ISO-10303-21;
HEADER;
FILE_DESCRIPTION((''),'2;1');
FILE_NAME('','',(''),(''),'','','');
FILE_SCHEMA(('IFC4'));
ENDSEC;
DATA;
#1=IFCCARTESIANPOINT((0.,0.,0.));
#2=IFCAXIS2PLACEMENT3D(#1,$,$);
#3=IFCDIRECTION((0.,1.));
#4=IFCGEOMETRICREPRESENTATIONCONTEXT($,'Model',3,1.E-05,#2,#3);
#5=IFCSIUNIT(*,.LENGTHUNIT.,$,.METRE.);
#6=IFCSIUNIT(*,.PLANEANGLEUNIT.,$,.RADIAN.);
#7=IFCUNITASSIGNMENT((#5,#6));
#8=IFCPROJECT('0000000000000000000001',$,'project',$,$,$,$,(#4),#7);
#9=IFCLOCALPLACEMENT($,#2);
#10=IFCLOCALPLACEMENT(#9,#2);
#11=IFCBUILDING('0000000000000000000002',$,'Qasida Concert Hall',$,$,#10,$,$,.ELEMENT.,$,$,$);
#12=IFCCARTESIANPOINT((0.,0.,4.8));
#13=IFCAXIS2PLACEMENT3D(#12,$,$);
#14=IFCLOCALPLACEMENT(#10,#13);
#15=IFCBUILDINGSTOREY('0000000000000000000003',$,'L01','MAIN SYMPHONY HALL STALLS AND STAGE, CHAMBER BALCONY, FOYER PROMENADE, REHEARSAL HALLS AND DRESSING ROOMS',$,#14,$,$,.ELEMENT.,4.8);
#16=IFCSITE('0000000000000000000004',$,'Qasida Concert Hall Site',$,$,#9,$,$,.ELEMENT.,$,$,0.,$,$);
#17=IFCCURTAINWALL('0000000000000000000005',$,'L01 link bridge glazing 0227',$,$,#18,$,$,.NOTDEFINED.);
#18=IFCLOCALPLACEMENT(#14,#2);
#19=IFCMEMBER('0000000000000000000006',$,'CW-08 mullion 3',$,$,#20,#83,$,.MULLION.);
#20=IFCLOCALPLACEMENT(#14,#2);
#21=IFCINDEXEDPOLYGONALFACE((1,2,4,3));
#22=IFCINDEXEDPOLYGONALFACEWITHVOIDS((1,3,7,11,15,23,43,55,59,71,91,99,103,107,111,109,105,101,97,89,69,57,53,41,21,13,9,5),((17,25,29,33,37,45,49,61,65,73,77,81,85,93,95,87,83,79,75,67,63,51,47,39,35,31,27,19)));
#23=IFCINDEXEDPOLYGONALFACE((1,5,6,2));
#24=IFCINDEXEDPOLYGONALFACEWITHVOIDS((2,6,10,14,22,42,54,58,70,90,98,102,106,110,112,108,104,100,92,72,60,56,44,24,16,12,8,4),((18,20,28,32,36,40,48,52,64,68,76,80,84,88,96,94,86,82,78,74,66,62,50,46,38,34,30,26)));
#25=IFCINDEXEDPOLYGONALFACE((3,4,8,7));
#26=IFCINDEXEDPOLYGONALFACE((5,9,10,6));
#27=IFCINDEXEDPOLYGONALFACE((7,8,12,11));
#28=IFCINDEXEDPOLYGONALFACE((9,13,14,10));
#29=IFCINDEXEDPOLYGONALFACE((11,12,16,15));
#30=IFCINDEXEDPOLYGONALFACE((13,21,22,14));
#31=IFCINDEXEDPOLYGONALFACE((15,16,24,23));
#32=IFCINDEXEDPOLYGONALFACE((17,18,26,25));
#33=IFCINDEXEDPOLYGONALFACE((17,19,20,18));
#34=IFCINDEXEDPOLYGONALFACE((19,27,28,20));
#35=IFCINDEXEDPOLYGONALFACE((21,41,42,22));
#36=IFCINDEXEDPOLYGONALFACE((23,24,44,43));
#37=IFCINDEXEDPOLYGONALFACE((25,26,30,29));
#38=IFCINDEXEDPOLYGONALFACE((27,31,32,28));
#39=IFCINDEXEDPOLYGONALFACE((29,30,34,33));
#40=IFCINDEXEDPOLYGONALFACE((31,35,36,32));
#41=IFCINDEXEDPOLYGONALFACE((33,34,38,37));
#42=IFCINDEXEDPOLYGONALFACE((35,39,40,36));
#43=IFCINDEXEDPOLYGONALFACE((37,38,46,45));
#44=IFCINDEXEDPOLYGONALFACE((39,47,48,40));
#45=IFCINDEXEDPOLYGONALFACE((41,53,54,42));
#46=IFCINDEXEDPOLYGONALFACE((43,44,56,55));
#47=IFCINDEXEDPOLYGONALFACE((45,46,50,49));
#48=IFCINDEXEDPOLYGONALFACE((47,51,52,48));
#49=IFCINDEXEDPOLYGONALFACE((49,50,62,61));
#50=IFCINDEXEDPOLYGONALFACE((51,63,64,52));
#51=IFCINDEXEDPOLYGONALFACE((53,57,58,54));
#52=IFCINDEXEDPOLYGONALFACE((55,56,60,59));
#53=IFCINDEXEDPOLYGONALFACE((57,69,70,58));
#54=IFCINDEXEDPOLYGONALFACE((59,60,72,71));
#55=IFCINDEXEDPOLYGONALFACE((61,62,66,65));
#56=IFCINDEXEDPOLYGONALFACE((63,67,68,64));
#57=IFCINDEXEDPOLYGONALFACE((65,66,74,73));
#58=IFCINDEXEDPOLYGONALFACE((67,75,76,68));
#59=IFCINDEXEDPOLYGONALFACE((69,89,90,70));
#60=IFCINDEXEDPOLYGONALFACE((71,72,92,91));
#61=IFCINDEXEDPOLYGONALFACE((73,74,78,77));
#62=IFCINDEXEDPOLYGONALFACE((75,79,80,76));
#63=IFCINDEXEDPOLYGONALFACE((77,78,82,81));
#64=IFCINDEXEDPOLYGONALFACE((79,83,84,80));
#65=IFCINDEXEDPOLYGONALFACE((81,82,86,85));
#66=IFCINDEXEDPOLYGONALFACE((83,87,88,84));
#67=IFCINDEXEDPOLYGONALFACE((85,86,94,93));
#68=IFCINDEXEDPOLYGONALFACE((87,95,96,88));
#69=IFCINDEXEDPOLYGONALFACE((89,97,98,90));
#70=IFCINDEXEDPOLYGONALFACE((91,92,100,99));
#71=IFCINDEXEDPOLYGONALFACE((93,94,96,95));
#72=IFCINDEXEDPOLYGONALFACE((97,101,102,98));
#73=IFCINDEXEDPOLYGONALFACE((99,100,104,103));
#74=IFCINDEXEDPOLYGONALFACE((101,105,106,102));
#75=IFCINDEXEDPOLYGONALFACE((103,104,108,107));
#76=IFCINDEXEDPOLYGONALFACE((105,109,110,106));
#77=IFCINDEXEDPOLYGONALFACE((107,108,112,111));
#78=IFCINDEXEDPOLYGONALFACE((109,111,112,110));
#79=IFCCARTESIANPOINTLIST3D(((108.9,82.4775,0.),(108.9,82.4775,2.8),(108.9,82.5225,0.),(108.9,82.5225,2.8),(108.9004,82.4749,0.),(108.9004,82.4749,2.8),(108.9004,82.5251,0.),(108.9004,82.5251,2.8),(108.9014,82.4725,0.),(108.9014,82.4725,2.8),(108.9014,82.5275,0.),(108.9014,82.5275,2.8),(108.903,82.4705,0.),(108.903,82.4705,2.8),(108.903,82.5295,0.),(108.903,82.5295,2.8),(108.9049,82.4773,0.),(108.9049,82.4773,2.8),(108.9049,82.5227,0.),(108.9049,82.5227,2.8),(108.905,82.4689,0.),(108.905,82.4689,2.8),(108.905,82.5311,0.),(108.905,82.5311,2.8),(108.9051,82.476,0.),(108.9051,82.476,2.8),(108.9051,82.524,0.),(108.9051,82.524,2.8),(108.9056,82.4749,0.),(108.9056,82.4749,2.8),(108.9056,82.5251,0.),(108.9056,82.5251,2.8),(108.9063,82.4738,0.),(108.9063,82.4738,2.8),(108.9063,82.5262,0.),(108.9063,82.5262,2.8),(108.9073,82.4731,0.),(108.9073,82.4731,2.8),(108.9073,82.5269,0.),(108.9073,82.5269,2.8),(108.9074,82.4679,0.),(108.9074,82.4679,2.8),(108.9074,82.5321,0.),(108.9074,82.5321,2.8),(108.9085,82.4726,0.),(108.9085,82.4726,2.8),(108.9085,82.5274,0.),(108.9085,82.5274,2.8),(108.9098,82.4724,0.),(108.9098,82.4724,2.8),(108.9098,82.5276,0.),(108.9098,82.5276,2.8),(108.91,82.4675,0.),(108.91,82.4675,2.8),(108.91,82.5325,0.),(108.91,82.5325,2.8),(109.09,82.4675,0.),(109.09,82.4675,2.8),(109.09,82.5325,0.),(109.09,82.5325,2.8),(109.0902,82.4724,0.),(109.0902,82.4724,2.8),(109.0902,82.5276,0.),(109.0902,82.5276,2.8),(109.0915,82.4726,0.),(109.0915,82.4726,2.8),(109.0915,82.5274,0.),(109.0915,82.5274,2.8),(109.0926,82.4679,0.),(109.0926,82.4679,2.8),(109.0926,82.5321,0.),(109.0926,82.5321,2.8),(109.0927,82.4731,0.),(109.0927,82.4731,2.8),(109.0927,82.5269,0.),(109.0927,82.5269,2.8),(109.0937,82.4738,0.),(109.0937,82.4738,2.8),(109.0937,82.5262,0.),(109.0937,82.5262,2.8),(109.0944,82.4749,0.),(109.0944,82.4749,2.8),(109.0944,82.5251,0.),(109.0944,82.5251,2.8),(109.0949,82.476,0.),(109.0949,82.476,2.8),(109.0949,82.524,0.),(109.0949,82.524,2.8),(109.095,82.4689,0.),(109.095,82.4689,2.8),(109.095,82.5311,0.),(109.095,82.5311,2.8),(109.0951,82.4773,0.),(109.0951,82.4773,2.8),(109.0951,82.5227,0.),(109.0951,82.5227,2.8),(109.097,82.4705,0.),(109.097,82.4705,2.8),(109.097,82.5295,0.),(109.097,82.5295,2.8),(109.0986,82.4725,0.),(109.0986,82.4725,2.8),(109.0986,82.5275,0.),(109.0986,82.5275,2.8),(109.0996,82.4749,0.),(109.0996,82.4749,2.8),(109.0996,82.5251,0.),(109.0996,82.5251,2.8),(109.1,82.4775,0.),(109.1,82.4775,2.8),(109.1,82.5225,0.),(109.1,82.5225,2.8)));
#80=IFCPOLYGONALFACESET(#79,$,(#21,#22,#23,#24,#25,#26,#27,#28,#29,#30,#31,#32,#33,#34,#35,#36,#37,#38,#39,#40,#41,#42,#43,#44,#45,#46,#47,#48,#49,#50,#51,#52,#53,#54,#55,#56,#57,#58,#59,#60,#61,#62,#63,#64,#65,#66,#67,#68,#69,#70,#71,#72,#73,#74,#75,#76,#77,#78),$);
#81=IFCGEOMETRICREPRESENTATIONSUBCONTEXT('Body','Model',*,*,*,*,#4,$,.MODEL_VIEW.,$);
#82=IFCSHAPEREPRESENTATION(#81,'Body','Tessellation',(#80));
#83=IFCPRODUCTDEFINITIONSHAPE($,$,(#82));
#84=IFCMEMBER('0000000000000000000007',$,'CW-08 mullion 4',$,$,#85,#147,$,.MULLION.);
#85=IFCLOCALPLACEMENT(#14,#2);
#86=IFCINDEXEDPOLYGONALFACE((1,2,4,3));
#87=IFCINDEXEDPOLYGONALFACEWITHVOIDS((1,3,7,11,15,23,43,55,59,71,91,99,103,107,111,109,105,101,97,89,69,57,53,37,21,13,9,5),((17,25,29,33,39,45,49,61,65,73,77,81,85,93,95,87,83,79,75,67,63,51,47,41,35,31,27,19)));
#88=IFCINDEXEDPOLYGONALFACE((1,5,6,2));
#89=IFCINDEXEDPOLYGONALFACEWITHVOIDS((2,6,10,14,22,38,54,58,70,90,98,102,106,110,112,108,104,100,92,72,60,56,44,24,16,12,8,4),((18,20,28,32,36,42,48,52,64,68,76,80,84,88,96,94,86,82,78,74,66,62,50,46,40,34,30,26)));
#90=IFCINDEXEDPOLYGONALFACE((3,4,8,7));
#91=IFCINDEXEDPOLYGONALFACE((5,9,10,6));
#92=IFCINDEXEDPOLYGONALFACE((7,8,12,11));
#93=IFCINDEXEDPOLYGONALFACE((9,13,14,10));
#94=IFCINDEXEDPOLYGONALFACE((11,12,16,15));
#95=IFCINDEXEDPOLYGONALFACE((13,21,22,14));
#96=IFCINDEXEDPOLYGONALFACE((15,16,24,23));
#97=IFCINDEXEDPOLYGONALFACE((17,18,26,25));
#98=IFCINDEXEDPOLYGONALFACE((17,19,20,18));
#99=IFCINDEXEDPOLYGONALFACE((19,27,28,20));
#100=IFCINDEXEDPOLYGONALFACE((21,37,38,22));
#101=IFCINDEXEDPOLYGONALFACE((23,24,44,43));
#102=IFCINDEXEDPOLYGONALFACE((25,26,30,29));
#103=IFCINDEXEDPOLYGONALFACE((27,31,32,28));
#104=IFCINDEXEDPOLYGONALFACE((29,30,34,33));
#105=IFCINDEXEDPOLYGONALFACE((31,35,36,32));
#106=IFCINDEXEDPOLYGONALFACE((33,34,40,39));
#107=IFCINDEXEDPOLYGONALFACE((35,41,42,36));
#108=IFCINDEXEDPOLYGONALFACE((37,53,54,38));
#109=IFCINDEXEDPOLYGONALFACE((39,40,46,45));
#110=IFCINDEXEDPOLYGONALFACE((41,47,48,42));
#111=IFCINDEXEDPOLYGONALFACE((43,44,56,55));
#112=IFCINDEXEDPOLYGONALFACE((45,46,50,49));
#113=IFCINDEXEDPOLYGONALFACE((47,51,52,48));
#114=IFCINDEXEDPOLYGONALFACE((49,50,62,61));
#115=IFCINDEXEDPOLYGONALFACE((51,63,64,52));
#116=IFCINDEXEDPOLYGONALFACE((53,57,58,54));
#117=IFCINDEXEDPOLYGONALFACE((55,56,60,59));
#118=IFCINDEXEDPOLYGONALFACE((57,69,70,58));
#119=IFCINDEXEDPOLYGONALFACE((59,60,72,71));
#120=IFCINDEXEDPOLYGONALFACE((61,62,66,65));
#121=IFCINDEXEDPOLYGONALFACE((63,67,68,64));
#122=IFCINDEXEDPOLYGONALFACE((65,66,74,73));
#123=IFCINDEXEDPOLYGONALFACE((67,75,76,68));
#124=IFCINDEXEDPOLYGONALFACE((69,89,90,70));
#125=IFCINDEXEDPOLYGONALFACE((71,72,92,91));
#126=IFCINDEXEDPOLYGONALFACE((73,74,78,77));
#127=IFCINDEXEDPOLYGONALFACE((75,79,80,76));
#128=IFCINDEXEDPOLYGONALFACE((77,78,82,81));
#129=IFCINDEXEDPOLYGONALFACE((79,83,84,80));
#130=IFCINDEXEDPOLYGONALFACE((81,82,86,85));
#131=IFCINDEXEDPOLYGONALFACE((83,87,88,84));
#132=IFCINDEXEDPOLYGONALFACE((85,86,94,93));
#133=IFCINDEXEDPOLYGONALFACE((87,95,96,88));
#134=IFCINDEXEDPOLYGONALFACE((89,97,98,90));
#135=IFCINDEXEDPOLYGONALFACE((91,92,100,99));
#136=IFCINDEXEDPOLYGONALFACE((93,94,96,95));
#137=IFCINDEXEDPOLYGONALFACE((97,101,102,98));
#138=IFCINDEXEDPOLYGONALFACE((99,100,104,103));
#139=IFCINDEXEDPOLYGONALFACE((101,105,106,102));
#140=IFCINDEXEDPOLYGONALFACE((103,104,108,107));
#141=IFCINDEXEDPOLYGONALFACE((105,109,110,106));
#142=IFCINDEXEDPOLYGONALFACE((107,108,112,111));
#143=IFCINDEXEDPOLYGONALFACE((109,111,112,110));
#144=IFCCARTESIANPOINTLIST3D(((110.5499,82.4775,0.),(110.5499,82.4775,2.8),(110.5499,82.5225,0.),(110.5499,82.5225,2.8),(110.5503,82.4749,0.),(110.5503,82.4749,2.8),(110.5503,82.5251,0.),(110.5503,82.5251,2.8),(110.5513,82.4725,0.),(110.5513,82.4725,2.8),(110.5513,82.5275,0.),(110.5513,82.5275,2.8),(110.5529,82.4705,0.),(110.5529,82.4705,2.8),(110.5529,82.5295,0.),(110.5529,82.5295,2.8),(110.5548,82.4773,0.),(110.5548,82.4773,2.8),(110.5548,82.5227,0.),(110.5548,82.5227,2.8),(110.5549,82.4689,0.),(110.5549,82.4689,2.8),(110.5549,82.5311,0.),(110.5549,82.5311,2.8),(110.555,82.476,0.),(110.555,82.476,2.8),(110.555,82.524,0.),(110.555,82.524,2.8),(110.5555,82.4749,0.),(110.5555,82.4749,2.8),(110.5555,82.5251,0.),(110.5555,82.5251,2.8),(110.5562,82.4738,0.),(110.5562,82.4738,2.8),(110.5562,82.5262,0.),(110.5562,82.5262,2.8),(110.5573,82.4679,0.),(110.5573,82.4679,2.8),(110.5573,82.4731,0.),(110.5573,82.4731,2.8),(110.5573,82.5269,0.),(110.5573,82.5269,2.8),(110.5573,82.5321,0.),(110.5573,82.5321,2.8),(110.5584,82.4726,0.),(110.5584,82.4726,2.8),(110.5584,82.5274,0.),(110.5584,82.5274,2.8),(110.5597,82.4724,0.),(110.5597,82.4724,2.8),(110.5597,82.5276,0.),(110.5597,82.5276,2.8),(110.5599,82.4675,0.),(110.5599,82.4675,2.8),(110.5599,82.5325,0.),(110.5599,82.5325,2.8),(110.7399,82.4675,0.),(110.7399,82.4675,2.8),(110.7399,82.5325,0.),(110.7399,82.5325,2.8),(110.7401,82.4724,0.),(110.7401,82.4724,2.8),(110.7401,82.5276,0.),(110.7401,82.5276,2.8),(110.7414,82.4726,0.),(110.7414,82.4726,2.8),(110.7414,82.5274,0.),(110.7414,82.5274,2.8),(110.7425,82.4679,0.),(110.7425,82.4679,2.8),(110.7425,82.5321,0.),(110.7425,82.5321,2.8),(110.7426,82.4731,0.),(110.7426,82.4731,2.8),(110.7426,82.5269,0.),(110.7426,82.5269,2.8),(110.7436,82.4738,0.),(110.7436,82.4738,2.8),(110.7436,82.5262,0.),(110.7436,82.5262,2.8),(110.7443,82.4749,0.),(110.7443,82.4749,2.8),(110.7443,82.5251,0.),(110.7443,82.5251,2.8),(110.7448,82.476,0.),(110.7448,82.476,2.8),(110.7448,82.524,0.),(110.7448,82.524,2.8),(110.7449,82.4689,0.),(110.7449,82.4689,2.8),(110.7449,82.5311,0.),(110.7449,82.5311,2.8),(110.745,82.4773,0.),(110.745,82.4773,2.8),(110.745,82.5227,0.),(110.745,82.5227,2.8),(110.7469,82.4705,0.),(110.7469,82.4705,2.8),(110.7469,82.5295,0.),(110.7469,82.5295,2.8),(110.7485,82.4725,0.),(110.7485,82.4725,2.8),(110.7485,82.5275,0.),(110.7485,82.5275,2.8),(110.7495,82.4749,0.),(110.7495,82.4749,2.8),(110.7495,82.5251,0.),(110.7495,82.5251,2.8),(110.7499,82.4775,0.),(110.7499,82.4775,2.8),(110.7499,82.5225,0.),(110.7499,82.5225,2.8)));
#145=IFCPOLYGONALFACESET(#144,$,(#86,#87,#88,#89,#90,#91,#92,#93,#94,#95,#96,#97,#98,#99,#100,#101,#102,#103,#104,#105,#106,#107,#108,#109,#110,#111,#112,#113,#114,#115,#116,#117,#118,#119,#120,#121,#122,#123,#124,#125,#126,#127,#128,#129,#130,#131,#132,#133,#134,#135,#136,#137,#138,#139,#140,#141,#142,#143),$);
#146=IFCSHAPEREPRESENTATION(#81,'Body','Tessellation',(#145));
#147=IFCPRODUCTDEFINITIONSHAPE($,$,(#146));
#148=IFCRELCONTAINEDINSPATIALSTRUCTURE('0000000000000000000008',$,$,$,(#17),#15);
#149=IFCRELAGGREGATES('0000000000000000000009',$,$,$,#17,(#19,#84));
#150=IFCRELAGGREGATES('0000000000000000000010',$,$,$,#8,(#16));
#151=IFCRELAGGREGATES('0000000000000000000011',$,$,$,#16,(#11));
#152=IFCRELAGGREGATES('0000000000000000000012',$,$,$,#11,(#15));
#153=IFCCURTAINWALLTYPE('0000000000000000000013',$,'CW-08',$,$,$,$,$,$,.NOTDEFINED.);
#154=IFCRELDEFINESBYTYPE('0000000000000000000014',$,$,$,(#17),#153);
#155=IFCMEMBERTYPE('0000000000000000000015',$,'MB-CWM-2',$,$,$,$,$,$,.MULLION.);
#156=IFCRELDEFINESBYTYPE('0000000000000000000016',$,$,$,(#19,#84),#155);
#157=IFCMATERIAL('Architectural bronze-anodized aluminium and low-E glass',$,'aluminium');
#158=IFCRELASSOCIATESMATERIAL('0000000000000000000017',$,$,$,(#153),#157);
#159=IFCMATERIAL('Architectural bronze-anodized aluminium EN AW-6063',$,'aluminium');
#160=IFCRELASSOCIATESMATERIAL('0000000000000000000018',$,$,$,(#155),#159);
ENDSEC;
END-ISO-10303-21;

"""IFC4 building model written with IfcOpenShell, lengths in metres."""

from ifc_helpers import new_model, si_unit, direction, frame, origin, origin_2d, place, context, subcontext, project, spatial, hollow_rectangle, extrude, material, material_profile, profile_set, type_object, element, aggregate, save


model = new_model("IFC4")

# Units and contexts
model_context = context("Model", 3, precision=1e-05, world=origin(), true_north=direction((0.0, 1.0)))
body_context = subcontext(model_context, "Body", "Model", "MODEL_VIEW")
ifc_project = project(units=[si_unit("LENGTHUNIT", "METRE"), si_unit("PLANEANGLEUNIT", "RADIAN")], contexts=[model_context])

# Site, building, storey
site_placement = place(None, origin())
site = spatial("IfcSite", under=ifc_project, at=site_placement, Name="Qasida Concert Hall Site", CompositionType="ELEMENT", RefElevation=0.0)
building_placement = place(site_placement, origin())
building = spatial("IfcBuilding", under=site, at=building_placement, Name="Qasida Concert Hall", CompositionType="ELEMENT")
storey_placement = place(building_placement, frame((0.0, 0.0, 4.8)))
storey = spatial("IfcBuildingStorey", under=building, at=storey_placement, Name="L01", Description="MAIN SYMPHONY HALL STALLS AND STAGE, CHAMBER BALCONY, FOYER PROMENADE, REHEARSAL HALLS AND DRESSING ROOMS", CompositionType="ELEMENT", Elevation=4.8)

# Curtain wall, members
ifc_material_1 = material(Name="Architectural bronze-anodized aluminium and low-E glass", Category="aluminium")
curtain_wall_type = type_object("IfcCurtainWallType", Name="CW-08", PredefinedType="NOTDEFINED", material=ifc_material_1)
curtain_wall_1_placement = place(storey_placement, origin())
curtain_wall_1 = element("IfcCurtainWall", 1, at=curtain_wall_1_placement, inside=storey, type_object=curtain_wall_type, Name="L01 link bridge glazing 0227", PredefinedType="NOTDEFINED")
ifc_material_2 = material(Name="Architectural bronze-anodized aluminium EN AW-6063", Category="aluminium")
ifc_material_profile_1 = material_profile(ifc_material_2, hollow_rectangle(XDim=0.0649, YDim=0.2, WallThickness=0.0049, InnerFilletRadius=0.0049, OuterFilletRadius=0.01, at=origin_2d()), Name="CWM 200x65x5")
ifc_profile_set_1 = profile_set([ifc_material_profile_1], Name="Architectural bronze-anodized aluminium EN AW-6063")
member_type_1 = type_object("IfcMemberType", Name="MB-CWM-2", PredefinedType="MULLION", material=ifc_profile_set_1)
member_1_placement = place(storey_placement, frame((109.0, 82.5, 0.0), z_axis=(0.0, 0.0, 1.0), x_axis=(0.0, 1.0, 0.0)))
member_1 = element("IfcMember", 2, at=member_1_placement, type_object=member_type_1, Name="CW-08 mullion 3", PredefinedType="MULLION", context=body_context, shape_type="SweptSolid", body=[
    extrude(hollow_rectangle(XDim=0.0649, YDim=0.2, WallThickness=0.0049, InnerFilletRadius=0.0049, OuterFilletRadius=0.01, at=origin_2d()), origin(), (0.0, 0.0, 1.0), 2.8),
])
member_2_placement = place(storey_placement, frame((110.6499, 82.5, 0.0), z_axis=(0.0, 0.0, 1.0), x_axis=(0.0, 1.0, 0.0)))
member_2 = element("IfcMember", 3, at=member_2_placement, type_object=member_type_1, Name="CW-08 mullion 4", PredefinedType="MULLION", context=body_context, shape_type="SweptSolid", body=[
    extrude(hollow_rectangle(XDim=0.0649, YDim=0.2, WallThickness=0.0049, InnerFilletRadius=0.0049, OuterFilletRadius=0.01, at=origin_2d()), origin(), (0.0, 0.0, 1.0), 2.8),
])

aggregate(curtain_wall_1, [member_1, member_2])

save(model, "model.ifc")
